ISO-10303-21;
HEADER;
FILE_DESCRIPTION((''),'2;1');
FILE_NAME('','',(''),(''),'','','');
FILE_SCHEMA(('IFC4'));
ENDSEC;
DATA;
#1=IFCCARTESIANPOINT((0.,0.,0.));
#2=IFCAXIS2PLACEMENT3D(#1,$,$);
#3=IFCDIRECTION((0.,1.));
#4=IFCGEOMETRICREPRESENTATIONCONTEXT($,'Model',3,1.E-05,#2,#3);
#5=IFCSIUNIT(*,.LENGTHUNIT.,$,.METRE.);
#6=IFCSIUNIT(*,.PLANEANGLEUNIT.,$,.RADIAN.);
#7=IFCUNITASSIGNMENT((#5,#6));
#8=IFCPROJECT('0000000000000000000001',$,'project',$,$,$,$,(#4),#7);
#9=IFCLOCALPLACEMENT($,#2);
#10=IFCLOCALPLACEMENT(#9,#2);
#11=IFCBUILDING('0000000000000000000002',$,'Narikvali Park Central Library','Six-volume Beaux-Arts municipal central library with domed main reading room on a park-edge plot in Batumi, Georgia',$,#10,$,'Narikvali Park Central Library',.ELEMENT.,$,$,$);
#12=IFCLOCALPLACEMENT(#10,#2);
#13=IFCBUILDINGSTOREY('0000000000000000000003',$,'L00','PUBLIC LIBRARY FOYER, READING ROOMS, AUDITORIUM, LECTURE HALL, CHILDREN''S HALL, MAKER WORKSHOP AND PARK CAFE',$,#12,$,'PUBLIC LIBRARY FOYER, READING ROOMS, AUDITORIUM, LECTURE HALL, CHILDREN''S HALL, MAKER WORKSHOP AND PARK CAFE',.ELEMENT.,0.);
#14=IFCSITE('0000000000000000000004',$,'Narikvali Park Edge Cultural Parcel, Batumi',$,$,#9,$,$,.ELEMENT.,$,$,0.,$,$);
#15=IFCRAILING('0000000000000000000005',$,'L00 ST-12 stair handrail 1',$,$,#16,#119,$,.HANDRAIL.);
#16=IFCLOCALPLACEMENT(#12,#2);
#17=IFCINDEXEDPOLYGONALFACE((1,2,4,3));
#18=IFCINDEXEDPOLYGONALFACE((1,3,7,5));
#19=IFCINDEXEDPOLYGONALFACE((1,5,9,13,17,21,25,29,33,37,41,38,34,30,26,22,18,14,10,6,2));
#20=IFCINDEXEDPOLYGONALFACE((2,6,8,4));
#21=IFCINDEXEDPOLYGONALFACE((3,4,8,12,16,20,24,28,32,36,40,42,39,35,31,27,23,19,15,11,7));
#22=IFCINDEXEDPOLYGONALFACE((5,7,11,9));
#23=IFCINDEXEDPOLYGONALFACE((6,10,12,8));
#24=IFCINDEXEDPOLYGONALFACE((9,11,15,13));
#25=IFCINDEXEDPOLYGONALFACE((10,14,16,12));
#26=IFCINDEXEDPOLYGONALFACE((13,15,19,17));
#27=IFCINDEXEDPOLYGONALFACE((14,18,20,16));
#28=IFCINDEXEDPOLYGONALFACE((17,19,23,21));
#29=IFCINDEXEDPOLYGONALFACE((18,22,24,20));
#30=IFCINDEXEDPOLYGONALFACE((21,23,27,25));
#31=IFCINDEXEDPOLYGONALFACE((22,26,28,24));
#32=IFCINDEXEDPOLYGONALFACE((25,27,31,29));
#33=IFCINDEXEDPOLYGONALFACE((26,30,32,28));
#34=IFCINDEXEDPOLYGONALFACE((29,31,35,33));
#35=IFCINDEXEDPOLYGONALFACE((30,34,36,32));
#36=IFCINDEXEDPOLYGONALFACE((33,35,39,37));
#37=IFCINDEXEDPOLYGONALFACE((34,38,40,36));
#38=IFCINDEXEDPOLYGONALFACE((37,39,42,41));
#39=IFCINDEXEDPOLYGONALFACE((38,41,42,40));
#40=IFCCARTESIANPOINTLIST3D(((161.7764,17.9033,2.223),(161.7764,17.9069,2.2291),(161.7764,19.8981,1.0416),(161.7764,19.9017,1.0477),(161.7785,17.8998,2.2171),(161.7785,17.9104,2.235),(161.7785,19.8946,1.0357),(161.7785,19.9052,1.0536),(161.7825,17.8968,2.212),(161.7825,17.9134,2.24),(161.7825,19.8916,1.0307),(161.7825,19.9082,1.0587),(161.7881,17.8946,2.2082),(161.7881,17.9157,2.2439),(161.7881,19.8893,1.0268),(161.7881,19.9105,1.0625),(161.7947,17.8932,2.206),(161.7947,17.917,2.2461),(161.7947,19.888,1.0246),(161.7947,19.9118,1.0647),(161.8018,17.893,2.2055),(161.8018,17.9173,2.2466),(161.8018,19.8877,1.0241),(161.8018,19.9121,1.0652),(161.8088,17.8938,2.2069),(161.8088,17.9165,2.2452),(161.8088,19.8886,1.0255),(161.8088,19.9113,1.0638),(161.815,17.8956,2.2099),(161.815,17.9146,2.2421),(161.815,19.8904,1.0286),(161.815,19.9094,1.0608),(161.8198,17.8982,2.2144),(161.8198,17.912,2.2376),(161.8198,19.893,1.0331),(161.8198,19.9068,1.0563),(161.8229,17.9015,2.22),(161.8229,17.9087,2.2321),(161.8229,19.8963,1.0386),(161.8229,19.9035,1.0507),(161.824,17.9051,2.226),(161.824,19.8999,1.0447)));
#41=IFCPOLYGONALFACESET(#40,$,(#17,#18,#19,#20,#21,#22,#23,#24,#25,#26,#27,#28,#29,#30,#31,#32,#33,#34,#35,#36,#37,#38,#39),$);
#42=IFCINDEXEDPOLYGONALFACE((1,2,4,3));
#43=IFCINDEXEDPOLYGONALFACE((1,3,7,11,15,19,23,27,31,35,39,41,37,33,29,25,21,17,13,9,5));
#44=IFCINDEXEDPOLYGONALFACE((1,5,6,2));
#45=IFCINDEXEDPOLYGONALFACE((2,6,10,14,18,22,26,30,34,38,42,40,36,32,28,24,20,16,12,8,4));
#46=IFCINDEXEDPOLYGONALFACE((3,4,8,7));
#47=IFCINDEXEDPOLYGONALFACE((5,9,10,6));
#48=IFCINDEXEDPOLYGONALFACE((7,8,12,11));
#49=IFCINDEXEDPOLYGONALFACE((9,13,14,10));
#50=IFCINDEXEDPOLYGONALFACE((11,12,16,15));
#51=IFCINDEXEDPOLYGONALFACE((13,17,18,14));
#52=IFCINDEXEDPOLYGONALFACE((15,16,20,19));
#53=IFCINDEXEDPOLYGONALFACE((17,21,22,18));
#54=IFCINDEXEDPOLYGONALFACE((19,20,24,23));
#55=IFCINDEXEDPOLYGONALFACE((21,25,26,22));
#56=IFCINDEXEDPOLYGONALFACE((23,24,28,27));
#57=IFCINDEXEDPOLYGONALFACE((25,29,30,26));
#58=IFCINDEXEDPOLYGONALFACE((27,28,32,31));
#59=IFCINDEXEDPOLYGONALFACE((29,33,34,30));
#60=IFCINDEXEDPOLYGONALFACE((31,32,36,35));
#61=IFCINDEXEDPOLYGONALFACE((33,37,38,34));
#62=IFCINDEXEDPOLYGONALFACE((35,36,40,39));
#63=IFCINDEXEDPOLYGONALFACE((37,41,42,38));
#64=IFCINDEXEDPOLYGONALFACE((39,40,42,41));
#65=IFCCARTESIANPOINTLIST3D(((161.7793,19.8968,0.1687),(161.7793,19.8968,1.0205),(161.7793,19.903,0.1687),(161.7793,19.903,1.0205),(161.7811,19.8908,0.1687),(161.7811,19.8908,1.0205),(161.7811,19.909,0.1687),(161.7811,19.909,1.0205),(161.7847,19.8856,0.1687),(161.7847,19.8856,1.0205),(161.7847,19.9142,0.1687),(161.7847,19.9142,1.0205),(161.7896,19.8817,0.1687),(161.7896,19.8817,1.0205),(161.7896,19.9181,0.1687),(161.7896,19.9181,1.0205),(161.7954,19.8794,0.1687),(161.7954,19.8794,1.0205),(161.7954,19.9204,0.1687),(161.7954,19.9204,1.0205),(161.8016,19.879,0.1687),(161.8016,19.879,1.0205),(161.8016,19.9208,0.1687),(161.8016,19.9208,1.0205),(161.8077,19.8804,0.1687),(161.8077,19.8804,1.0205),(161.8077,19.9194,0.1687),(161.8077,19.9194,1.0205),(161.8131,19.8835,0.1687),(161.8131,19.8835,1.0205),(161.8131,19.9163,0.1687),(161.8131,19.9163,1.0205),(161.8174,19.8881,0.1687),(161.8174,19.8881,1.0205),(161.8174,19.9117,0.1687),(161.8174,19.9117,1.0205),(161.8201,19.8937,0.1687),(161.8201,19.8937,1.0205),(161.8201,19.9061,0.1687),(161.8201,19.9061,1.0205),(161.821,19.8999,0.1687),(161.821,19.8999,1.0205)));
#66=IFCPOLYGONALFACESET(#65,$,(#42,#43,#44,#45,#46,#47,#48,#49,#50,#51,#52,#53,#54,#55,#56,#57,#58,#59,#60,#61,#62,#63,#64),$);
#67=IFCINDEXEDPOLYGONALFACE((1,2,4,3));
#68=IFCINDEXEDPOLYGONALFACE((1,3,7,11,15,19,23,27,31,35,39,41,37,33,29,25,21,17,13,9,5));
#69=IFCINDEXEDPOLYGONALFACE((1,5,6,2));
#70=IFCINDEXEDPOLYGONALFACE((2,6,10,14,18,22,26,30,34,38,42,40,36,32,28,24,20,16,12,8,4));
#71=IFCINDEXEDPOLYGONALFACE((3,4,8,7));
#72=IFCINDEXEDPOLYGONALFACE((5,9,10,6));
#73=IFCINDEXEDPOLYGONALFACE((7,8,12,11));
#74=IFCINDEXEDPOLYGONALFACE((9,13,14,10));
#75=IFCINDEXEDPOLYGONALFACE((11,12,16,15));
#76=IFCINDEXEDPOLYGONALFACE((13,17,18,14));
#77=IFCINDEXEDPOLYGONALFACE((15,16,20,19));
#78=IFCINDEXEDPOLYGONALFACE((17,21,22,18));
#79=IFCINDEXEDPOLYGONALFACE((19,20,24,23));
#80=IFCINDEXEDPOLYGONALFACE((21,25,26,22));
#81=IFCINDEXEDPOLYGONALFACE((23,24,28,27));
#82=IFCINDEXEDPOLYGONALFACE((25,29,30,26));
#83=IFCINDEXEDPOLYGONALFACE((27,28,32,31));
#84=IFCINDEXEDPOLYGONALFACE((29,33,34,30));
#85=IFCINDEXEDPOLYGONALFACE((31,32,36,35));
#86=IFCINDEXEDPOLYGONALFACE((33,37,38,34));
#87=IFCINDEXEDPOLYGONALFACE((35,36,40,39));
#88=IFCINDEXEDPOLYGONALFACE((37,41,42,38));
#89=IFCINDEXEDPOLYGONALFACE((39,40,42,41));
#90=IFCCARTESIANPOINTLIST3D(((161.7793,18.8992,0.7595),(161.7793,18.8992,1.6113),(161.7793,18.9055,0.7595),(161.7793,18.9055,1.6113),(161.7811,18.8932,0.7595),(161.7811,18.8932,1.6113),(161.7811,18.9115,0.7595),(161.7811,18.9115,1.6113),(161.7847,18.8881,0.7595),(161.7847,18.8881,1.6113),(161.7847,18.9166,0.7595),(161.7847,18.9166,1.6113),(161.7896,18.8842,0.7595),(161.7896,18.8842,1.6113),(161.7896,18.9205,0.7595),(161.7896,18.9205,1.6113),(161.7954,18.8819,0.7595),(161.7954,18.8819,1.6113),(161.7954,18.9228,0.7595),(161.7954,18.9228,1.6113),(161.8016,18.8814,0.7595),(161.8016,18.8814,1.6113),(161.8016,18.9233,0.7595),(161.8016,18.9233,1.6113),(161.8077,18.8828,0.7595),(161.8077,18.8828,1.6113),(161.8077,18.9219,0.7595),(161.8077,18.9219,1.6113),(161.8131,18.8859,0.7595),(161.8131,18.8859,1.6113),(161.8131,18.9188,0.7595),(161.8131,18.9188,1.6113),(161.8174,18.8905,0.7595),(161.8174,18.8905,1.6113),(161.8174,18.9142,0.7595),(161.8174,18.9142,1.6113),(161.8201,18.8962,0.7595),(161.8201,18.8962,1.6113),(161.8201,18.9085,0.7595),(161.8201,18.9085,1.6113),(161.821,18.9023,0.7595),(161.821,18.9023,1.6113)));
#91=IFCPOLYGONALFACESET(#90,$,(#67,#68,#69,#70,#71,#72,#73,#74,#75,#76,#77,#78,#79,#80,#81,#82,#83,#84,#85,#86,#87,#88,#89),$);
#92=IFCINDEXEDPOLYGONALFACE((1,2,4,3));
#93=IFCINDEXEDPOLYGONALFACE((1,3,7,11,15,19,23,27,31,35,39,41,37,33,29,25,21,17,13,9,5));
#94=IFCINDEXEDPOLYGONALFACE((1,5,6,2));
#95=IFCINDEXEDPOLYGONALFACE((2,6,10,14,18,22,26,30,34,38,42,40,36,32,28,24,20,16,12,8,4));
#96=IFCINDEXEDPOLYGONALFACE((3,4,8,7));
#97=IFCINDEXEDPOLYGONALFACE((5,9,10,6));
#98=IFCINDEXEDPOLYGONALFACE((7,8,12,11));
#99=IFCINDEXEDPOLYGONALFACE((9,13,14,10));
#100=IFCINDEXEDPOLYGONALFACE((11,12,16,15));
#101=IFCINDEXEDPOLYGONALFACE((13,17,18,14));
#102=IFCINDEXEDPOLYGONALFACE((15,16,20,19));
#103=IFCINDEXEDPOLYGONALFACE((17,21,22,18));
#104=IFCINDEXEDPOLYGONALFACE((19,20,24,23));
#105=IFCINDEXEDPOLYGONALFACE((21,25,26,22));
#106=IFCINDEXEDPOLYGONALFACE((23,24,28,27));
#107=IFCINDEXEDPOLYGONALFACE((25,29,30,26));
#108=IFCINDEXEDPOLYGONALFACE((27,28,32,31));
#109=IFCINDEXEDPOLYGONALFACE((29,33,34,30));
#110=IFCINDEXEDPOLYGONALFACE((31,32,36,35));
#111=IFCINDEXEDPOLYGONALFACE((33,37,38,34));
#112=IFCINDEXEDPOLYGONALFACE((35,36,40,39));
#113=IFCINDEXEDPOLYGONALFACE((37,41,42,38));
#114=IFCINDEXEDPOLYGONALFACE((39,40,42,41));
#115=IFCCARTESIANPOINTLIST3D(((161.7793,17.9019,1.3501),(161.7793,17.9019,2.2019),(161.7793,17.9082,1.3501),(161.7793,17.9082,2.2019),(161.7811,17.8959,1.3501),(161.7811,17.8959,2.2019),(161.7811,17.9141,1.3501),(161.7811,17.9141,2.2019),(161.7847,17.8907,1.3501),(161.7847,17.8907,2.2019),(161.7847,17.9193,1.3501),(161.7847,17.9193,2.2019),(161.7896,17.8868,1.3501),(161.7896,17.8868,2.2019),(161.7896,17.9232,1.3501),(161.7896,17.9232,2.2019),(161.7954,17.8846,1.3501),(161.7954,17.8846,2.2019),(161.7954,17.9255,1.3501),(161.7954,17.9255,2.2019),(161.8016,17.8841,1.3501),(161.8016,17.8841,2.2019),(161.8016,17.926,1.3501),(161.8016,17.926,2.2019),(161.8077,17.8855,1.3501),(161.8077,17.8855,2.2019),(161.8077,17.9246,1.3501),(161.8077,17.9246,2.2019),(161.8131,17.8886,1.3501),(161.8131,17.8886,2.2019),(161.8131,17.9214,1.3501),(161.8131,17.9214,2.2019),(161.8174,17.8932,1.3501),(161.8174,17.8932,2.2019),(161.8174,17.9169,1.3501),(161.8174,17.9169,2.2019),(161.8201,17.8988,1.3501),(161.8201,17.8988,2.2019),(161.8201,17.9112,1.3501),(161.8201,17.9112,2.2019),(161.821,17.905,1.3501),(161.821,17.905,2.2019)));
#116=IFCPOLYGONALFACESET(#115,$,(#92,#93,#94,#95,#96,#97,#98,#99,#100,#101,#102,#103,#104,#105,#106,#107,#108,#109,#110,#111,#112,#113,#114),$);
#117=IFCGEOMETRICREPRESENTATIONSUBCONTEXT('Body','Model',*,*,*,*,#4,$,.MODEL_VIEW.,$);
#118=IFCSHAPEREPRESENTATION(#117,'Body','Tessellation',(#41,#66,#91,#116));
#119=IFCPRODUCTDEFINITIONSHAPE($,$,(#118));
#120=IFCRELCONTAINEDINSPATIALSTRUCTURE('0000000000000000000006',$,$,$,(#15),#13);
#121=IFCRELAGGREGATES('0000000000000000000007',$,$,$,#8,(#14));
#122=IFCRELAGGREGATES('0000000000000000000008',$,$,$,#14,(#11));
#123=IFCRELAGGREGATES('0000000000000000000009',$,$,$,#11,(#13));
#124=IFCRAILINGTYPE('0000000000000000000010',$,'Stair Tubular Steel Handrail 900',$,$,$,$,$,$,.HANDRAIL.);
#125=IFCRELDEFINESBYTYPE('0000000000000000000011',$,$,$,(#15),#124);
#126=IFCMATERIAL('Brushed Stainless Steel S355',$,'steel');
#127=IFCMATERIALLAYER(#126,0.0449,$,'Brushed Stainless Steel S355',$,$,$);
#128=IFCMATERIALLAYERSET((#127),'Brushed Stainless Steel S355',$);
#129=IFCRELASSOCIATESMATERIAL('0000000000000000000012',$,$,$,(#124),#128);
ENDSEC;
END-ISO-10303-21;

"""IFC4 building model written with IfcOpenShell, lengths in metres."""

from ifc_helpers import new_model, si_unit, direction, frame, origin, origin_2d, place, context, subcontext, project, spatial, circle, extrude, material, layer, layer_set, type_object, element, save


model = new_model("IFC4")

# Units and contexts
model_context = context("Model", 3, precision=1e-05, world=origin(), true_north=direction((0.0, 1.0)))
body_context = subcontext(model_context, "Body", "Model", "MODEL_VIEW")
ifc_project = project(units=[si_unit("LENGTHUNIT", "METRE"), si_unit("PLANEANGLEUNIT", "RADIAN")], contexts=[model_context])

# Site, building, storey
site_placement = place(None, origin())
site = spatial("IfcSite", under=ifc_project, at=site_placement, Name="Narikvali Park Edge Cultural Parcel, Batumi", CompositionType="ELEMENT", RefElevation=0.0)
building_placement = place(site_placement, origin())
building = spatial("IfcBuilding", under=site, at=building_placement, Name="Narikvali Park Central Library", Description="Six-volume Beaux-Arts municipal central library with domed main reading room on a park-edge plot in Batumi, Georgia", LongName="Narikvali Park Central Library", CompositionType="ELEMENT")
storey_placement = place(building_placement, origin())
storey = spatial("IfcBuildingStorey", under=building, at=storey_placement, Name="L00", Description="PUBLIC LIBRARY FOYER, READING ROOMS, AUDITORIUM, LECTURE HALL, CHILDREN'S HALL, MAKER WORKSHOP AND PARK CAFE", LongName="PUBLIC LIBRARY FOYER, READING ROOMS, AUDITORIUM, LECTURE HALL, CHILDREN'S HALL, MAKER WORKSHOP AND PARK CAFE", CompositionType="ELEMENT", Elevation=0.0)

# Railing
ifc_material_1 = material(Name="Brushed Stainless Steel S355", Category="steel")
ifc_layer_1 = layer(ifc_material_1, 0.0449, Name="Brushed Stainless Steel S355")
ifc_layer_set_1 = layer_set([ifc_layer_1], Name="Brushed Stainless Steel S355")
railing_type = type_object("IfcRailingType", Name="Stair Tubular Steel Handrail 900", PredefinedType="HANDRAIL", material=ifc_layer_set_1)
for number, where, name in (
    (1, (161.8, 19.8999, 0.1687), "L00 ST-12 stair handrail 1"),
):
    element("IfcRailing", number, at=place(storey_placement, frame(where)), inside=storey, type_object=railing_type, Name=name, PredefinedType="HANDRAIL", context=body_context, shape_type="SweptSolid", body=[
        extrude(circle(Radius=0.0239, at=origin_2d()), frame((0.0, 0.0, 0.876), z_axis=(0.0, -0.860433, 0.509563), x_axis=(1.0, 0.0, 0.0)), (0.0, 0.0, 1.0), 2.3184),
        extrude(circle(Radius=0.021, at=origin_2d()), origin(), (0.0, 0.0, 1.0), 0.8518),
        extrude(circle(Radius=0.021, at=origin_2d()), frame((0.0, -0.9976, 0.5908)), (0.0, 0.0, 1.0), 0.8518),
        extrude(circle(Radius=0.021, at=origin_2d()), frame((0.0, -1.9949, 1.1814)), (0.0, 0.0, 1.0), 0.8518),
    ])

save(model, "model.ifc")
